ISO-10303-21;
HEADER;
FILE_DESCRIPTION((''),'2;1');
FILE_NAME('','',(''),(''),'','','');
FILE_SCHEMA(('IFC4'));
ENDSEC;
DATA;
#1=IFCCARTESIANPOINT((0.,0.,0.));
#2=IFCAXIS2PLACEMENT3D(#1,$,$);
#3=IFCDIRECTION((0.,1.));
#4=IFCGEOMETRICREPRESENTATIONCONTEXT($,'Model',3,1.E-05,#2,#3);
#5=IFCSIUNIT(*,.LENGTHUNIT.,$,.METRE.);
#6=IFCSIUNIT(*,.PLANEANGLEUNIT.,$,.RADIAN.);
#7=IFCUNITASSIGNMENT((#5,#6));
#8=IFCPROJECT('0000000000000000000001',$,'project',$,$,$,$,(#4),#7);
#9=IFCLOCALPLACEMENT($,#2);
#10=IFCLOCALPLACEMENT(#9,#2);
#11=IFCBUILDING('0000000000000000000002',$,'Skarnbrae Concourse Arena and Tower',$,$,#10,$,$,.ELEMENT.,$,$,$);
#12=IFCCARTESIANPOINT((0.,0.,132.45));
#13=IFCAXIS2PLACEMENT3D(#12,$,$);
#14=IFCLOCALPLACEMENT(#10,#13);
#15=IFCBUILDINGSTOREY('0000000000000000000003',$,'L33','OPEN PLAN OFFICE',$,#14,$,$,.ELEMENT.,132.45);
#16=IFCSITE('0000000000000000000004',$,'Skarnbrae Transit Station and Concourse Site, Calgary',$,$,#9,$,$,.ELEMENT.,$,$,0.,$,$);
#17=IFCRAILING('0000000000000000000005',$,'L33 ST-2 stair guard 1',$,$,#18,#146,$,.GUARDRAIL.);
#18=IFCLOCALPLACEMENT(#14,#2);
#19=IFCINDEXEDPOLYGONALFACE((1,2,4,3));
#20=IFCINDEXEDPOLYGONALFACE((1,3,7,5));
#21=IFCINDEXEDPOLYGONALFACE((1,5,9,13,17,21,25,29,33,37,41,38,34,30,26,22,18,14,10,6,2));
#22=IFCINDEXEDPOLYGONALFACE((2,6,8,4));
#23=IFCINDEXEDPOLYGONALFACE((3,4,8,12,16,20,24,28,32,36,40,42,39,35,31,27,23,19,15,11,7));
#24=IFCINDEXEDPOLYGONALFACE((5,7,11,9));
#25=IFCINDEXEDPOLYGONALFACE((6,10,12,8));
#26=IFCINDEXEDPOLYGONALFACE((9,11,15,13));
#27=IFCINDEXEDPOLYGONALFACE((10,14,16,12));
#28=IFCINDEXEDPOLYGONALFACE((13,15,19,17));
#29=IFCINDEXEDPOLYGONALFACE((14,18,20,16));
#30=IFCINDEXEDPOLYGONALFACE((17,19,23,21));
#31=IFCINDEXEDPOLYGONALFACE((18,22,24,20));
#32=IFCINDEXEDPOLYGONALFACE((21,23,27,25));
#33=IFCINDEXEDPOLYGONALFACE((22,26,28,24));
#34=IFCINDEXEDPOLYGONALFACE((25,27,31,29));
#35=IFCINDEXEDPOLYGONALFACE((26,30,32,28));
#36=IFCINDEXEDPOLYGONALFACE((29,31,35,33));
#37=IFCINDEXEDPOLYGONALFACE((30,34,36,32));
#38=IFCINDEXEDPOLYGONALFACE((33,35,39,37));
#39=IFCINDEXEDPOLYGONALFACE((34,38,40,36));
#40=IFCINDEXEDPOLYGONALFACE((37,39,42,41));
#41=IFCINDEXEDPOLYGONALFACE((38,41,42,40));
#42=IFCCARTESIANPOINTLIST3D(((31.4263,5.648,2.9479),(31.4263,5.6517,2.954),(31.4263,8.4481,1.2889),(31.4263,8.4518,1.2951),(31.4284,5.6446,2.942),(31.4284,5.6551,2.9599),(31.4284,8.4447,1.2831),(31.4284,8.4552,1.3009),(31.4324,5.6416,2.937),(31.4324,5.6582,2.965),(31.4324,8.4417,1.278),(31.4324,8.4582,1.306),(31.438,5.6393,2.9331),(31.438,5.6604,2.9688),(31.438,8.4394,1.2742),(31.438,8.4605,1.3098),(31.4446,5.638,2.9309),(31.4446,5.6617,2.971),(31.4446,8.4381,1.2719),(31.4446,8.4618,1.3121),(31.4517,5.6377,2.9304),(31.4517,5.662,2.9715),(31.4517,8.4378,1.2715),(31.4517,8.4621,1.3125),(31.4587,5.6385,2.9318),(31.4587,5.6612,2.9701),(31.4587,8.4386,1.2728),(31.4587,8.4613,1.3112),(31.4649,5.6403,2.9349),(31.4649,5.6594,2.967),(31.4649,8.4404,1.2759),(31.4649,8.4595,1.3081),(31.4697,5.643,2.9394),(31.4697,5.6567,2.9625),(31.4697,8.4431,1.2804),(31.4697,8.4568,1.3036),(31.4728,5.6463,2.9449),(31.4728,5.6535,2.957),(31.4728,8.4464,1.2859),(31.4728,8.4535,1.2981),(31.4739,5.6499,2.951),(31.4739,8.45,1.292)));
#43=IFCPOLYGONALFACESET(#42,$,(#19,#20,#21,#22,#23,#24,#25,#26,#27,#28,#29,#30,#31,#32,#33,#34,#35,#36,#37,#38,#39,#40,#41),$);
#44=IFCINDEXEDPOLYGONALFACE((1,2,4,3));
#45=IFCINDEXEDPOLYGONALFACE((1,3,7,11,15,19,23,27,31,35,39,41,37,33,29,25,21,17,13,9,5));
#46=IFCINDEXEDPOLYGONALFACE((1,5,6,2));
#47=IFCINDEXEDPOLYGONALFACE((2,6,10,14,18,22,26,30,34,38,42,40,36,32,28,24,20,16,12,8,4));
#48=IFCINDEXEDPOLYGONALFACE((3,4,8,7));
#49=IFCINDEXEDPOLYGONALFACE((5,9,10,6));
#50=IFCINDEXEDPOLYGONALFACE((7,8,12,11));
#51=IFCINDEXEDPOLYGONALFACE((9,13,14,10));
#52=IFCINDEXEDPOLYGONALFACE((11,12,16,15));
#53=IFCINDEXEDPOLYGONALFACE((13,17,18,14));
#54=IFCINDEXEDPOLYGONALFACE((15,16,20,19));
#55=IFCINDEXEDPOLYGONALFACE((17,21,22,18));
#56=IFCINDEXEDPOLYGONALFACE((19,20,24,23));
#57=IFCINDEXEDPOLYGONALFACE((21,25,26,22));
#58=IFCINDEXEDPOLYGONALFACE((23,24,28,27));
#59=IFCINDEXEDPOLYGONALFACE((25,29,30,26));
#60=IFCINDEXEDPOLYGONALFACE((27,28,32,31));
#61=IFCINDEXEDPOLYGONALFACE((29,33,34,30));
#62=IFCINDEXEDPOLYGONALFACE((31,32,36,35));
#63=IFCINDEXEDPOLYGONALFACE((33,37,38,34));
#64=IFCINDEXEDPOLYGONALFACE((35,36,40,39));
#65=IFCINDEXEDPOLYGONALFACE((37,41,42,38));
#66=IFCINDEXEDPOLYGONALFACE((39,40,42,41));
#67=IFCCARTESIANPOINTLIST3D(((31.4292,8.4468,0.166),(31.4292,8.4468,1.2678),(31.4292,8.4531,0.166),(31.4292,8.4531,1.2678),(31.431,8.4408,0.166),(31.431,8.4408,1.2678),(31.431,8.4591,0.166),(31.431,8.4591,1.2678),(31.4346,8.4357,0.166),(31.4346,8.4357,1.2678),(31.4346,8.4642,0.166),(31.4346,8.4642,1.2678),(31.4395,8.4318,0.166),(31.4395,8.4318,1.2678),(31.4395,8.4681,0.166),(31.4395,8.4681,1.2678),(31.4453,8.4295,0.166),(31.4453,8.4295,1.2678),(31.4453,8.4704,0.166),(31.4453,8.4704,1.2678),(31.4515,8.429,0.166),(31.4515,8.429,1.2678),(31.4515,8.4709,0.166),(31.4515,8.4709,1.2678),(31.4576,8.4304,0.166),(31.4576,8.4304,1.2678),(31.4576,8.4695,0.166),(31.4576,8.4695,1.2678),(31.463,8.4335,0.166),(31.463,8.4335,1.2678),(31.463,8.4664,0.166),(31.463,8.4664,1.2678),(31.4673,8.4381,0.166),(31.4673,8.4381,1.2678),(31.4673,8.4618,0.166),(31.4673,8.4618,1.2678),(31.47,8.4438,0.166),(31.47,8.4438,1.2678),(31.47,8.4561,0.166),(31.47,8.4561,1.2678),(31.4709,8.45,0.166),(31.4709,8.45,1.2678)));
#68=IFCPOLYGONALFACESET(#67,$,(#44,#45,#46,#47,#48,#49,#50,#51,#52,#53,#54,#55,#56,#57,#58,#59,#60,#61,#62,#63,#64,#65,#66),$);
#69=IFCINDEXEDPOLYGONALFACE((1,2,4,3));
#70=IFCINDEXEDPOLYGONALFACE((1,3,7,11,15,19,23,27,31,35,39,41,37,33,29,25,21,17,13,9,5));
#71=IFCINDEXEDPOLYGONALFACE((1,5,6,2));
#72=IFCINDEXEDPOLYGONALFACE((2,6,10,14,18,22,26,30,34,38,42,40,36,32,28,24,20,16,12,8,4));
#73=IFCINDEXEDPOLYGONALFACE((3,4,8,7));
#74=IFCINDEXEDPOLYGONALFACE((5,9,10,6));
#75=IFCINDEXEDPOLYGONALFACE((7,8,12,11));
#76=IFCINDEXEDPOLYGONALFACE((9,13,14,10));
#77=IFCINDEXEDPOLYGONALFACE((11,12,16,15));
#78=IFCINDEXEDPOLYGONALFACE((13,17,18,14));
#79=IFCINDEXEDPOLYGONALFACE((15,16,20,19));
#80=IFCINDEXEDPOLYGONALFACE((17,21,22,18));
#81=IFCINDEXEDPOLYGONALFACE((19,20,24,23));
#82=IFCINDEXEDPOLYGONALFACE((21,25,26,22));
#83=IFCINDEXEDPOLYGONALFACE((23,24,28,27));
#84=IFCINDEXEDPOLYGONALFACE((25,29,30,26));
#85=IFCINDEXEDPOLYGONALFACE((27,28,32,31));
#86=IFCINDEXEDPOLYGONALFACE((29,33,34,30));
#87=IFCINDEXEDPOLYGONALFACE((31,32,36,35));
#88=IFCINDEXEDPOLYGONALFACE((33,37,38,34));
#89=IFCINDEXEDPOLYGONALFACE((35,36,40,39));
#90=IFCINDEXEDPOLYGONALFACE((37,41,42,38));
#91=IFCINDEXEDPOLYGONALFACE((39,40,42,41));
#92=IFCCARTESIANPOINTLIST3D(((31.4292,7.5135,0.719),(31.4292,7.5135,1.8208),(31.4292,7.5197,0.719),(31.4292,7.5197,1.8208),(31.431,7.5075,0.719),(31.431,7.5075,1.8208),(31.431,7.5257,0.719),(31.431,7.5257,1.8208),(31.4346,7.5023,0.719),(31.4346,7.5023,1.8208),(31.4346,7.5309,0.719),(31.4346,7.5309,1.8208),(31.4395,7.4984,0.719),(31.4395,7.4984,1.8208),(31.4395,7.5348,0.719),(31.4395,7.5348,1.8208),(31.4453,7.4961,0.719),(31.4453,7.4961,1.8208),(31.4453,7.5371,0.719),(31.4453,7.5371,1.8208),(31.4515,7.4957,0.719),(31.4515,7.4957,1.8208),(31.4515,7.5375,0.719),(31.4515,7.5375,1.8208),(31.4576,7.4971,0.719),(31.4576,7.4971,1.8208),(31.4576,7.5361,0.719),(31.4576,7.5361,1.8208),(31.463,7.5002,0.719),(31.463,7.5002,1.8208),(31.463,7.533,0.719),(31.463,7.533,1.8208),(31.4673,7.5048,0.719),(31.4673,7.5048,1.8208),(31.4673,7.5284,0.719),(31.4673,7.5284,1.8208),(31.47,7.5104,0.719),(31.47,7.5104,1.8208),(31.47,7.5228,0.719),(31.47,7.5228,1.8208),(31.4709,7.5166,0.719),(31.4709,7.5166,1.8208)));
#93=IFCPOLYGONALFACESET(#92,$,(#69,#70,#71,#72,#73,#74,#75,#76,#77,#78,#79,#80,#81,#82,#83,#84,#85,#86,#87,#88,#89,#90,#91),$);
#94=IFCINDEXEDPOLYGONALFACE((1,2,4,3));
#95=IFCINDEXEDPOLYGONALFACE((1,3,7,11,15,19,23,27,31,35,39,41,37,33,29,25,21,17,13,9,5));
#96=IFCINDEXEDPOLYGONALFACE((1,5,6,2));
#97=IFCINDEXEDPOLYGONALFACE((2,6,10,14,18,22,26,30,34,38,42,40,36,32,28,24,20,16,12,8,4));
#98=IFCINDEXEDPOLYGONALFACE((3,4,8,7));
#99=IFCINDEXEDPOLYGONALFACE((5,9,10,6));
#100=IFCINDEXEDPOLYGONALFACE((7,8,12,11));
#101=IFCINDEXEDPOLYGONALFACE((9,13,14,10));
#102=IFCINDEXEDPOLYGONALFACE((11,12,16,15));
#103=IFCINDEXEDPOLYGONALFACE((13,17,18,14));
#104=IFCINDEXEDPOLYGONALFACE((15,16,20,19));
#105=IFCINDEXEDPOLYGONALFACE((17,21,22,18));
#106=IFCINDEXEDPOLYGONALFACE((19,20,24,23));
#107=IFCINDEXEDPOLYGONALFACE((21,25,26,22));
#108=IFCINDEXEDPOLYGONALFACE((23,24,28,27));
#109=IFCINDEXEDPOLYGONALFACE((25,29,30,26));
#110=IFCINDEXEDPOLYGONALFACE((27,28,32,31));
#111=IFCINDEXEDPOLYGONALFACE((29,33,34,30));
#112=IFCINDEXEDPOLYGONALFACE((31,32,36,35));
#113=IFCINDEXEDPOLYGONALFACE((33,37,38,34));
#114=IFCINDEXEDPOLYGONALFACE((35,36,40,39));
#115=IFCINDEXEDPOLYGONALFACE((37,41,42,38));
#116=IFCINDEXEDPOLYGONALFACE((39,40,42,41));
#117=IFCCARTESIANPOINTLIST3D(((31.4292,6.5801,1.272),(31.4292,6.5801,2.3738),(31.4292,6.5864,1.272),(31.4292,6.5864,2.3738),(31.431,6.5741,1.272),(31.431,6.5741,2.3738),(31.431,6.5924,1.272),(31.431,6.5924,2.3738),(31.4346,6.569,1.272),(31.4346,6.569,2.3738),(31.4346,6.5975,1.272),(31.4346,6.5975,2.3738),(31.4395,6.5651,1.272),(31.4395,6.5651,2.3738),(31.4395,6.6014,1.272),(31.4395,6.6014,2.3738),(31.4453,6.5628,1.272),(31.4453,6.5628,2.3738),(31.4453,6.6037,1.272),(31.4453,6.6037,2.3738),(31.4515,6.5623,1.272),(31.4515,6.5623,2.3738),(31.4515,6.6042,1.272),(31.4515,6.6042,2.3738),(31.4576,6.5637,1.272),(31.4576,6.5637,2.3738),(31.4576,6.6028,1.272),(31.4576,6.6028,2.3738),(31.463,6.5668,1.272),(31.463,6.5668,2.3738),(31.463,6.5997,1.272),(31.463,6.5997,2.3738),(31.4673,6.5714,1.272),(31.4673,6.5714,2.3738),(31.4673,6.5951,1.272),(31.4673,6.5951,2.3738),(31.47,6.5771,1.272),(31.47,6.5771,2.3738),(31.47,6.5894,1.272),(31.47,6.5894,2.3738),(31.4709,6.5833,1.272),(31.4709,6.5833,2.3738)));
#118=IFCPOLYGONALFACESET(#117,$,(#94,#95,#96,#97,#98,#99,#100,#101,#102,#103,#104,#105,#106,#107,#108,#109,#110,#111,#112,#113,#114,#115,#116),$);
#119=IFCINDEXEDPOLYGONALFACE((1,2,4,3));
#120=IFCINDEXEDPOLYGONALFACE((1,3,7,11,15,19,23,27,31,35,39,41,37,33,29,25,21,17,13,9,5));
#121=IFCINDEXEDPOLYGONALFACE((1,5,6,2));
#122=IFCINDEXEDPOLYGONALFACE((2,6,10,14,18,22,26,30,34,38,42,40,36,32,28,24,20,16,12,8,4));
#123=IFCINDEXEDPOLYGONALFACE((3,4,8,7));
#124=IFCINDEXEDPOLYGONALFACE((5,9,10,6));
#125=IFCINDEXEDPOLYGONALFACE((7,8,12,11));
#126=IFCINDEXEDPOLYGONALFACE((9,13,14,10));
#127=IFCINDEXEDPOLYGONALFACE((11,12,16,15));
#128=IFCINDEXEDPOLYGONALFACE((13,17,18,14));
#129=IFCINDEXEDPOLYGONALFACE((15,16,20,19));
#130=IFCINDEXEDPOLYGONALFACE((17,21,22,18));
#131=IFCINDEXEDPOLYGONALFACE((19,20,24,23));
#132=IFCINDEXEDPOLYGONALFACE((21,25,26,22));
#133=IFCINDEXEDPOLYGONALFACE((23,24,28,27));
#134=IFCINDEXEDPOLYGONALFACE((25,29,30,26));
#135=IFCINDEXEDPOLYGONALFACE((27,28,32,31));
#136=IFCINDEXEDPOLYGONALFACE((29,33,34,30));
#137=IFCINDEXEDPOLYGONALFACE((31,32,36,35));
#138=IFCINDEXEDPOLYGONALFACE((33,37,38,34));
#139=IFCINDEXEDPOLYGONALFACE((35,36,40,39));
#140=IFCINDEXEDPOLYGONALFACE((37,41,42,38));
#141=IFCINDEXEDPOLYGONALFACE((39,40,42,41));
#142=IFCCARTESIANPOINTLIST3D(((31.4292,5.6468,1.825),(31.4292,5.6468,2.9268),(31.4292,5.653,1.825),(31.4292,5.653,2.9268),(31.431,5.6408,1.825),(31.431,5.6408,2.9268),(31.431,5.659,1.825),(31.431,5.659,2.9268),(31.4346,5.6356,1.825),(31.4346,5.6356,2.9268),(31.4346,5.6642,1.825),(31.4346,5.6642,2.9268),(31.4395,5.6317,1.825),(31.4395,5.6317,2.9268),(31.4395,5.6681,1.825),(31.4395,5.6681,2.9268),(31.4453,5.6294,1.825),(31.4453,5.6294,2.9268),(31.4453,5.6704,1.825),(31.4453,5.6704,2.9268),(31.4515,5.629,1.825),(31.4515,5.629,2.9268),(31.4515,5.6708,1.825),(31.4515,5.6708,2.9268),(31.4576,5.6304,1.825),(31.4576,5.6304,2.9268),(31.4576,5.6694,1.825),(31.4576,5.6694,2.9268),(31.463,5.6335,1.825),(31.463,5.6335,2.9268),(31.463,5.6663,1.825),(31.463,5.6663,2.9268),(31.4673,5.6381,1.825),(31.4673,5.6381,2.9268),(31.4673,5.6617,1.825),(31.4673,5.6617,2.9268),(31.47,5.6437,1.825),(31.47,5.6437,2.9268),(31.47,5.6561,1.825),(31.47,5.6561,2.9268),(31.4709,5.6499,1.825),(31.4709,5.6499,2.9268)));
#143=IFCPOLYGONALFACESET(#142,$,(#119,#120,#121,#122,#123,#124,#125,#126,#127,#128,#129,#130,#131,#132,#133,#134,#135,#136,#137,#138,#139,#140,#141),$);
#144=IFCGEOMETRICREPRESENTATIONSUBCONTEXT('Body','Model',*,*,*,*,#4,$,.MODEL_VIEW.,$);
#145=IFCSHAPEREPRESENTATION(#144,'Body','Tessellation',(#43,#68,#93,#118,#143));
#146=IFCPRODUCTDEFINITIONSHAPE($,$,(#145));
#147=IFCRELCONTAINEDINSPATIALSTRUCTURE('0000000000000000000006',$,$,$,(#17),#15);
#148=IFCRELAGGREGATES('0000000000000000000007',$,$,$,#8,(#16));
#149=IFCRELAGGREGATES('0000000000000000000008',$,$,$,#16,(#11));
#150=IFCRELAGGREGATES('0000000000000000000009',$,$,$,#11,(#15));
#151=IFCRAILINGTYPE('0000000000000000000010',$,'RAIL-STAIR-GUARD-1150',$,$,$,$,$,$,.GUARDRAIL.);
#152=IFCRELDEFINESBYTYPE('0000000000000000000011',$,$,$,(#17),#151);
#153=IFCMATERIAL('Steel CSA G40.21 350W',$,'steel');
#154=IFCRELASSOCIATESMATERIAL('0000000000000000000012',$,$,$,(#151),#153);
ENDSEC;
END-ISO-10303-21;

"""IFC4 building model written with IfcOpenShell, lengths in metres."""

from ifc_helpers import new_model, si_unit, direction, frame, origin, origin_2d, place, context, subcontext, project, spatial, circle, extrude, material, type_object, element, save


model = new_model("IFC4")

# Units and contexts
model_context = context("Model", 3, precision=1e-05, world=origin(), true_north=direction((0.0, 1.0)))
body_context = subcontext(model_context, "Body", "Model", "MODEL_VIEW")
ifc_project = project(units=[si_unit("LENGTHUNIT", "METRE"), si_unit("PLANEANGLEUNIT", "RADIAN")], contexts=[model_context])

# Site, building, storey
site_placement = place(None, origin())
site = spatial("IfcSite", under=ifc_project, at=site_placement, Name="Skarnbrae Transit Station and Concourse Site, Calgary", CompositionType="ELEMENT", RefElevation=0.0)
building_placement = place(site_placement, origin())
building = spatial("IfcBuilding", under=site, at=building_placement, Name="Skarnbrae Concourse Arena and Tower", CompositionType="ELEMENT")
storey_placement = place(building_placement, frame((0.0, 0.0, 132.45)))
storey = spatial("IfcBuildingStorey", under=building, at=storey_placement, Name="L33", Description="OPEN PLAN OFFICE", CompositionType="ELEMENT", Elevation=132.45)

# Shared definitions
ifc_material_1 = material(Name="Steel CSA G40.21 350W", Category="steel")

# Railing
railing_type_1 = type_object("IfcRailingType", Name="RAIL-STAIR-GUARD-1150", PredefinedType="GUARDRAIL", material=ifc_material_1)
railing_1_placement = place(storey_placement, frame((31.45, 8.45, 0.166)))
element("IfcRailing", 1, at=railing_1_placement, inside=storey, type_object=railing_type_1, Name="L33 ST-2 stair guard 1", PredefinedType="GUARDRAIL", context=body_context, shape_type="SweptSolid", body=[
    extrude(circle(Radius=0.0239, at=origin_2d()), frame((0.0, 0.0, 1.126), z_axis=(0.0, -0.860339, 0.509722), x_axis=(1.0, 0.0, 0.0)), (0.0, 0.0, 1.0), 3.2546),
    extrude(circle(Radius=0.021, at=origin_2d()), origin(), (0.0, 0.0, 1.0), 1.1018),
    extrude(circle(Radius=0.021, at=origin_2d()), frame((0.0, -0.9333, 0.553)), (0.0, 0.0, 1.0), 1.1018),
    extrude(circle(Radius=0.021, at=origin_2d()), frame((0.0, -1.8667, 1.106)), (0.0, 0.0, 1.0), 1.1018),
    extrude(circle(Radius=0.021, at=origin_2d()), frame((0.0, -2.8, 1.6589)), (0.0, 0.0, 1.0), 1.1018),
])

save(model, "model.ifc")
